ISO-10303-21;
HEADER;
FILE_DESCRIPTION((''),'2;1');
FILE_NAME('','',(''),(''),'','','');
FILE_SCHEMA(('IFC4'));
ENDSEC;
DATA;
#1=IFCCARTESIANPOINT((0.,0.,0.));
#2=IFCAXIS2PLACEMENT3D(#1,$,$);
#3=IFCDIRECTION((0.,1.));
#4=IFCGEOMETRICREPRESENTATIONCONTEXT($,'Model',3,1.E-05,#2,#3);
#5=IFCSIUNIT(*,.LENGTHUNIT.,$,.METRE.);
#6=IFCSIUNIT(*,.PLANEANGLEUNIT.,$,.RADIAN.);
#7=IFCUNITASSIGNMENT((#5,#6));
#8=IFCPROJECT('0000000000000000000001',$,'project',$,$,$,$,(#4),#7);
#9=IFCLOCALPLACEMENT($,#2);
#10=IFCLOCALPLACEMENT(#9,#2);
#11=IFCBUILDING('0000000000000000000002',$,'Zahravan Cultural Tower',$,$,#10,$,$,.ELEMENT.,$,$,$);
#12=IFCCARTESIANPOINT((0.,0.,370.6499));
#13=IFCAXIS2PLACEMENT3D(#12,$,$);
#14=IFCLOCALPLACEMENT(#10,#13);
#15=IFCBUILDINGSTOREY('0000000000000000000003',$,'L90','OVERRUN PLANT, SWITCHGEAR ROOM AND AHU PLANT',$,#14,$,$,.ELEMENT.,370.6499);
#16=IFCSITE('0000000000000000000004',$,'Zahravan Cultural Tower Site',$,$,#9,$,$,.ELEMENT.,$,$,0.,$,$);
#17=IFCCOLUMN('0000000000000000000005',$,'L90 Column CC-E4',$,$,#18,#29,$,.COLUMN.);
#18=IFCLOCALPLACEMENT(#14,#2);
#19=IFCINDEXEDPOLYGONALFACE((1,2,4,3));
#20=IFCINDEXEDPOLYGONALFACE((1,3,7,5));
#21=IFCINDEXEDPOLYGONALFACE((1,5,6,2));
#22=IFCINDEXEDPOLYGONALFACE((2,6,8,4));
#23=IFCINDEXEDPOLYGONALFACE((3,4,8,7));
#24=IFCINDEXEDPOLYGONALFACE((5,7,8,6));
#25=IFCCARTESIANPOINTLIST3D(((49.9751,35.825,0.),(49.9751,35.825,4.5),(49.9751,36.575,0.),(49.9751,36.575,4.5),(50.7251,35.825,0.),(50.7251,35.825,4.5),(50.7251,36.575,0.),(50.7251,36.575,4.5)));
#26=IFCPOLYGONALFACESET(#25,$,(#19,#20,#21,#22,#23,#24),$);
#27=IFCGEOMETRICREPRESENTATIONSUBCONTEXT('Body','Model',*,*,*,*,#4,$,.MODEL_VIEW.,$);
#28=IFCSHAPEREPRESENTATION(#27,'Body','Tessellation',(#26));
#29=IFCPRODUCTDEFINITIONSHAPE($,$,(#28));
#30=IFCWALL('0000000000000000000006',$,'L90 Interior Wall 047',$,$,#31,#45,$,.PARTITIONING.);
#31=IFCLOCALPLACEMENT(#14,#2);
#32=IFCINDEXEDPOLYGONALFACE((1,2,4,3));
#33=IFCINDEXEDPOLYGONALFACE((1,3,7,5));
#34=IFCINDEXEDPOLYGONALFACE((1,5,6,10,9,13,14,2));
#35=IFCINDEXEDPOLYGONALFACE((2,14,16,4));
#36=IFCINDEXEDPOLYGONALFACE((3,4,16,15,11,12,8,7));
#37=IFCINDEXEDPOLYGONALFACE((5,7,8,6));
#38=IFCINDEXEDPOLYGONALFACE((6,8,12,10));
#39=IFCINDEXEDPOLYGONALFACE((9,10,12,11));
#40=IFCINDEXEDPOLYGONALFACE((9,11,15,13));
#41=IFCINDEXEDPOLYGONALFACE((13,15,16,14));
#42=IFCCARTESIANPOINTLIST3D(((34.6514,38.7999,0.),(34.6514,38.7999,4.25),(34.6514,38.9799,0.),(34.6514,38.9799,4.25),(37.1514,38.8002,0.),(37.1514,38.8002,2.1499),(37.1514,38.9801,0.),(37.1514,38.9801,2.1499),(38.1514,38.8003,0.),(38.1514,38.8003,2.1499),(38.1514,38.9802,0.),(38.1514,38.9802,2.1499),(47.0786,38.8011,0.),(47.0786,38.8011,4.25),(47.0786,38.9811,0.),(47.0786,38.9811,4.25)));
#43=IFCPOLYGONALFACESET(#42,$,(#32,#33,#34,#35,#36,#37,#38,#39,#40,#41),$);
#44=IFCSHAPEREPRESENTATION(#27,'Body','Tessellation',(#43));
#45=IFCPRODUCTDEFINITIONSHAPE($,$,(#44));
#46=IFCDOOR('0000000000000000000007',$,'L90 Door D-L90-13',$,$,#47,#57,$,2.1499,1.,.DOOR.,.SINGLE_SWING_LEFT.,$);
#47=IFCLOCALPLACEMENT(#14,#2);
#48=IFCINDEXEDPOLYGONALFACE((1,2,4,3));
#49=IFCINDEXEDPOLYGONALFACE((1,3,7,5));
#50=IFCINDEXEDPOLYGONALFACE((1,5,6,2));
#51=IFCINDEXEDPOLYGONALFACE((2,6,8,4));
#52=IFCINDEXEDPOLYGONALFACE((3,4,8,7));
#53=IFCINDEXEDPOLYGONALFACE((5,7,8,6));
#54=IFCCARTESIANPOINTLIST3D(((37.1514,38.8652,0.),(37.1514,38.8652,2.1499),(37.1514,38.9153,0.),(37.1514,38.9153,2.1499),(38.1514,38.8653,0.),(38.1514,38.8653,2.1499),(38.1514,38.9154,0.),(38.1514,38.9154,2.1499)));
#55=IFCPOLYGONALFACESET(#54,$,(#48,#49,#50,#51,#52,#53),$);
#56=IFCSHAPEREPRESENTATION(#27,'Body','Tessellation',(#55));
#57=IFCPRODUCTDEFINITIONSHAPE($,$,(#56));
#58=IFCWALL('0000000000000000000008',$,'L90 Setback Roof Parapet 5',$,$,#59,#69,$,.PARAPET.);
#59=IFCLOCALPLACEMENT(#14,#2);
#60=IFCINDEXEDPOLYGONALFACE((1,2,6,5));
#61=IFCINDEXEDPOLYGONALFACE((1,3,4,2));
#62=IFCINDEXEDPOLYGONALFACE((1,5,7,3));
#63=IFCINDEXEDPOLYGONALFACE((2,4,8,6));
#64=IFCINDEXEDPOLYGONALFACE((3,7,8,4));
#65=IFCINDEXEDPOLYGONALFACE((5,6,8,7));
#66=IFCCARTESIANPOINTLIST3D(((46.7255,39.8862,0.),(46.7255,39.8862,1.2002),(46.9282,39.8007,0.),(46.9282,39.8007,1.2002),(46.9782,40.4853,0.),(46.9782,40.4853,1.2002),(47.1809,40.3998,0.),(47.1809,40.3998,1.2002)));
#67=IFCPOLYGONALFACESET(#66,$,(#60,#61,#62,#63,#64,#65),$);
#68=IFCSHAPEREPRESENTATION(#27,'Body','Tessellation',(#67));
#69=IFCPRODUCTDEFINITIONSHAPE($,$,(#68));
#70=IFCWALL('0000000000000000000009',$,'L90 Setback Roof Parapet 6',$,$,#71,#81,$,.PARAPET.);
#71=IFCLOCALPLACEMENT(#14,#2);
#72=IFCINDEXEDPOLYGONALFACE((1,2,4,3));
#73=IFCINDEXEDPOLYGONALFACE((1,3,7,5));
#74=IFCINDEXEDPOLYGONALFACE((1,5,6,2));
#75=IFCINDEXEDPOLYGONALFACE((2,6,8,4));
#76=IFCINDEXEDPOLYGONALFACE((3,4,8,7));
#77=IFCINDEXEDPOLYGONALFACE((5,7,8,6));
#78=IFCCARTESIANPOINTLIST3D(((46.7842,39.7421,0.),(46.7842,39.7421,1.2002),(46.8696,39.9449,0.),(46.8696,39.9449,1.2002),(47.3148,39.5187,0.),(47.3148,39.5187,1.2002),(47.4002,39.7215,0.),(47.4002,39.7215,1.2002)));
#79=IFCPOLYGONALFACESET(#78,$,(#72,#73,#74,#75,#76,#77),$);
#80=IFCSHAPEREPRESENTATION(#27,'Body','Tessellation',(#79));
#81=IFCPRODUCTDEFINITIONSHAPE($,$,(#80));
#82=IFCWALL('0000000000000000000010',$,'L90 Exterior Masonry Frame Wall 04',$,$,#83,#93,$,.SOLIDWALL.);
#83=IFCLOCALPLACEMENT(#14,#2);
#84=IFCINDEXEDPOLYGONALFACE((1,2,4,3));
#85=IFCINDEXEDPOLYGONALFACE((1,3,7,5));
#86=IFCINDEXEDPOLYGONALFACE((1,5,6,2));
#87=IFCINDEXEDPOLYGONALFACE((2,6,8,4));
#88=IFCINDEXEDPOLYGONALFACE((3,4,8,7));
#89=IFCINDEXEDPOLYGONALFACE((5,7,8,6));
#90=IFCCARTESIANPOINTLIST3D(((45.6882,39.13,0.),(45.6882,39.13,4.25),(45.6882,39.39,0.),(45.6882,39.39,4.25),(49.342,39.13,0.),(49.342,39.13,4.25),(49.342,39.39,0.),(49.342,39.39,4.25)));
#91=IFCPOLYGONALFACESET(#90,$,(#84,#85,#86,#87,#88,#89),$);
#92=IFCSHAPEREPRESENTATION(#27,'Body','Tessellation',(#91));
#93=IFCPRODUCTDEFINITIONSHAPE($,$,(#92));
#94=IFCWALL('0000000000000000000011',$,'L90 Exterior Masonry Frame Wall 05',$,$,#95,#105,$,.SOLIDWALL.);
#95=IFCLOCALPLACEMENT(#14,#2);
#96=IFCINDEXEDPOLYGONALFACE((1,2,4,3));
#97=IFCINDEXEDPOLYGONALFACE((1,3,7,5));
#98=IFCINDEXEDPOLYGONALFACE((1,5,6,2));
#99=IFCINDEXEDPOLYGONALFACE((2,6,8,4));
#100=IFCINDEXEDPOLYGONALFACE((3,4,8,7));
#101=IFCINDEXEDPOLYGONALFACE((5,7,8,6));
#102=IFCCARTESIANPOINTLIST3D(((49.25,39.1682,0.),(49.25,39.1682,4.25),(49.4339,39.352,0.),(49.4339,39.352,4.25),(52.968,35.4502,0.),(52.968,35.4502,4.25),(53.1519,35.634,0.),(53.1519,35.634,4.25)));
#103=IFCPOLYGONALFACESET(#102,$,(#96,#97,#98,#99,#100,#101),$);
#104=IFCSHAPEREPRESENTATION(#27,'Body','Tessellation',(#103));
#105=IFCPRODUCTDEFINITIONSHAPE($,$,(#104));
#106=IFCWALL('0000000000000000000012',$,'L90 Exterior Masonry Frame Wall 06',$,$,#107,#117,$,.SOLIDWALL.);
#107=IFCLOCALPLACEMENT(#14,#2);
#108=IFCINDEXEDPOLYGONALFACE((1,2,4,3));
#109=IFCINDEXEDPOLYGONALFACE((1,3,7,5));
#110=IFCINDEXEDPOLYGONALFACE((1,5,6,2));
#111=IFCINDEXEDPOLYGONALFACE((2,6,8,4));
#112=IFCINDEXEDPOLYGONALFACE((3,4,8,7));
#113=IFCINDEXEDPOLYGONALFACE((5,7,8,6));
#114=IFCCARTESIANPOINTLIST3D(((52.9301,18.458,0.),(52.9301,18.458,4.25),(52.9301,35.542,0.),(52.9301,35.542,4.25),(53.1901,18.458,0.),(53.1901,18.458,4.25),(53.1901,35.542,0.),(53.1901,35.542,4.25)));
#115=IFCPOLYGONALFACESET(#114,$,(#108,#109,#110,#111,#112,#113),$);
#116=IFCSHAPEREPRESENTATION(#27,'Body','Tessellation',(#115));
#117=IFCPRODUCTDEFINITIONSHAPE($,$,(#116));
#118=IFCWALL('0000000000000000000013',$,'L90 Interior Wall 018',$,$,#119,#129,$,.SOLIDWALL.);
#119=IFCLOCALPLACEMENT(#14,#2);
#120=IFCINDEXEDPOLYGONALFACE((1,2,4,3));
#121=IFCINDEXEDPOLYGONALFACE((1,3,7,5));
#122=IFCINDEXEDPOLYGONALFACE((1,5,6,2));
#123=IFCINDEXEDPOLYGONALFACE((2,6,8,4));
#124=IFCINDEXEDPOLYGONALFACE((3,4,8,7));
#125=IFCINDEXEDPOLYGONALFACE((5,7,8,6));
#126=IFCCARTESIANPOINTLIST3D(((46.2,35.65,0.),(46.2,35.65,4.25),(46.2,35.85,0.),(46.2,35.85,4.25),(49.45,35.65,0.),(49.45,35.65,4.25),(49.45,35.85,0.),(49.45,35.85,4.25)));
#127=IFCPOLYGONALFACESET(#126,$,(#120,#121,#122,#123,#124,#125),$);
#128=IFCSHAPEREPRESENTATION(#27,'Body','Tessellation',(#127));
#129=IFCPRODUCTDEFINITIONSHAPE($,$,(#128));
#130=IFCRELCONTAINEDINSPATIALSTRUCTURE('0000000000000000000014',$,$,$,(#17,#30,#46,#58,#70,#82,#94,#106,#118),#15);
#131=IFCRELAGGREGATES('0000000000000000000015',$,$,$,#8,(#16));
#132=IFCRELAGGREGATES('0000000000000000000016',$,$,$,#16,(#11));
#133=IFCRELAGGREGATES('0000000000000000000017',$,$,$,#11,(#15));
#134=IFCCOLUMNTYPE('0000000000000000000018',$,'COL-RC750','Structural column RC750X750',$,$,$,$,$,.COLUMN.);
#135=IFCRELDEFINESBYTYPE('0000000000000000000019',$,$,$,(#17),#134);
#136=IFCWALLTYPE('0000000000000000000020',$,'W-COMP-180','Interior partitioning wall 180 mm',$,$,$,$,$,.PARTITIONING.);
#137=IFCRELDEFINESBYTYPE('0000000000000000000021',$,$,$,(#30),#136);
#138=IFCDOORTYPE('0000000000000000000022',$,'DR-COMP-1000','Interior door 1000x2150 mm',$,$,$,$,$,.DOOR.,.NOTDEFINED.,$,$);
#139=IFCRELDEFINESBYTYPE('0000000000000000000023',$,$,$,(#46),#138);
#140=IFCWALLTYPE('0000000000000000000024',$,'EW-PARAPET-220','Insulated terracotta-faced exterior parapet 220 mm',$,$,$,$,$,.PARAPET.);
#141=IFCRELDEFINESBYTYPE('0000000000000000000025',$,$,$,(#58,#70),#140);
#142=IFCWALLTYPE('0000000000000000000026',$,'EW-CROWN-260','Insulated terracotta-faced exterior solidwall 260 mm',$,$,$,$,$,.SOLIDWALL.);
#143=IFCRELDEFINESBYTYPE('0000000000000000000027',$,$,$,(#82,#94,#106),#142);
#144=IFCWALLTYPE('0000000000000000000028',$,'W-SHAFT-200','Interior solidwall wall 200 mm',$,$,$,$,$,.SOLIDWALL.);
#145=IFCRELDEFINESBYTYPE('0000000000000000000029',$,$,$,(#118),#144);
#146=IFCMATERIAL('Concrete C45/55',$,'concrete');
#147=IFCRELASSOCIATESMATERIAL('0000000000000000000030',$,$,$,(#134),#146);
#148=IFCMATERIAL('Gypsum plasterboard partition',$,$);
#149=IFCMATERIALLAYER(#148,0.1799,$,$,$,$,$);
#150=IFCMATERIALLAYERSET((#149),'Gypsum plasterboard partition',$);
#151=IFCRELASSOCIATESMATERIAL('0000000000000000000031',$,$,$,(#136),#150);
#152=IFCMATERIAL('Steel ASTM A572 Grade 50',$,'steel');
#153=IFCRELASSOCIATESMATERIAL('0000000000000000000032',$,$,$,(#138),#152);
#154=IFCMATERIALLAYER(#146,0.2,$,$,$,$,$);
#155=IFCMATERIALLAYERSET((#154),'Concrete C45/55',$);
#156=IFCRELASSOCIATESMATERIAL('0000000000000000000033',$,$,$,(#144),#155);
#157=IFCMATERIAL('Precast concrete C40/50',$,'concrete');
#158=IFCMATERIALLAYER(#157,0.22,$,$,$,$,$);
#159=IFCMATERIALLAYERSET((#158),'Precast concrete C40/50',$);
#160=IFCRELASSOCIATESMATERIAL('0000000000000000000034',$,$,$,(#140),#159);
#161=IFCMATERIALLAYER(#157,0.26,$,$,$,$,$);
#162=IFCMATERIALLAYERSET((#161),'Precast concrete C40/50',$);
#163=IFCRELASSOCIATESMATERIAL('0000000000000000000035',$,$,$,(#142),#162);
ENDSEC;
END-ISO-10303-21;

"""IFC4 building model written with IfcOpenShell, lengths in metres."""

from ifc_helpers import new_model, si_unit, direction, frame, frame_2d, origin, origin_2d, place, context, subcontext, project, spatial, rectangle, extrude, source, transform, mapped, material, layer, layer_set, material_profile, profile_set, type_object, element, fill, save


model = new_model("IFC4")

# Units and contexts
model_context = context("Model", 3, precision=1e-05, world=origin(), true_north=direction((0.0, 1.0)))
body_context = subcontext(model_context, "Body", "Model", "MODEL_VIEW")
ifc_project = project(units=[si_unit("LENGTHUNIT", "METRE"), si_unit("PLANEANGLEUNIT", "RADIAN")], contexts=[model_context])

# Site, building, storey
site_placement = place(None, origin())
site = spatial("IfcSite", under=ifc_project, at=site_placement, Name="Zahravan Cultural Tower Site", CompositionType="ELEMENT", RefElevation=0.0)
building_placement = place(site_placement, origin())
building = spatial("IfcBuilding", under=site, at=building_placement, Name="Zahravan Cultural Tower", CompositionType="ELEMENT")
storey_placement = place(building_placement, frame((0.0, 0.0, 370.6499)))
storey = spatial("IfcBuildingStorey", under=building, at=storey_placement, Name="L90", Description="OVERRUN PLANT, SWITCHGEAR ROOM AND AHU PLANT", CompositionType="ELEMENT", Elevation=370.6499)

# Column
ifc_material_1 = material(Name="Concrete C45/55", Category="concrete")
ifc_material_profile = material_profile(ifc_material_1, rectangle(XDim=0.75, YDim=0.75, at=origin_2d()), Name="RC750X750")
ifc_profile_set = profile_set([ifc_material_profile], Name="Concrete C45/55")
column_type = type_object("IfcColumnType", Name="COL-RC750", Description="Structural column RC750X750", PredefinedType="COLUMN", material=ifc_profile_set)
shared_shape_1 = source(origin(), body_context, "Body", "SweptSolid", [
    extrude(rectangle(XDim=0.75, YDim=0.75, at=origin_2d()), origin(), (0.0, 0.0, 1.0), 4.5),
])
column_placement = place(storey_placement, frame((50.3501, 36.2, 0.0), z_axis=(0.0, 0.0, 1.0), x_axis=(1.0, 0.0, 0.0)))
element("IfcColumn", 1, at=column_placement, inside=storey, type_object=column_type, Name="L90 Column CC-E4", PredefinedType="COLUMN", context=body_context, shape_type="MappedRepresentation", body=[
    mapped(shared_shape_1, transform((0.0, 0.0, 0.0), x_axis=(1.0, 0.0, 0.0), y_axis=(0.0, 1.0, 0.0), z_axis=(0.0, 0.0, 1.0), scale=1.0)),
])

# Wall, opening, door
ifc_material_2 = material(Name="Gypsum plasterboard partition")
ifc_layer_1 = layer(ifc_material_2, 0.1799)
ifc_layer_set_1 = layer_set([ifc_layer_1], Name="Gypsum plasterboard partition")
wall_type_1 = type_object("IfcWallType", Name="W-COMP-180", Description="Interior partitioning wall 180 mm", PredefinedType="PARTITIONING", material=ifc_layer_set_1)
wall_1_placement = place(storey_placement, frame((47.0786, 38.8911, 0.0), z_axis=(0.0, 0.0, 1.0), x_axis=(-1.0, -0.000098, 0.0)))
wall_1 = element("IfcWall", 2, at=wall_1_placement, inside=storey, type_object=wall_type_1, Name="L90 Interior Wall 047", PredefinedType="PARTITIONING", context=body_context, shape_type="SweptSolid", body=[
    extrude(rectangle(XDim=12.4272, YDim=0.1799, at=frame_2d((6.2136, 0.0))), origin(), (0.0, 0.0, 1.0), 4.25),
])
opening_1_placement = place(wall_1_placement, frame((8.9272, 0.0, 0.0)))
opening_1 = element("IfcOpeningElement", 3, at=opening_1_placement, cuts=wall_1, PredefinedType="OPENING", context=body_context, shape_type="SweptSolid", body=[
    extrude(rectangle(XDim=1.0, YDim=2.1499, at=frame_2d((0.5, 1.075))), frame((0.0, 0.0999, 0.0), z_axis=(0.0, -1.0, 0.0), x_axis=(1.0, 0.0, 0.0)), (0.0, 0.0, 1.0), 0.2),
])
ifc_material_3 = material(Name="Steel ASTM A572 Grade 50", Category="steel")
door_type_1 = type_object("IfcDoorType", Name="DR-COMP-1000", Description="Interior door 1000x2150 mm", OperationType="NOTDEFINED", PredefinedType="DOOR", material=ifc_material_3)
shared_shape_2 = source(origin(), body_context, "Body", "SweptSolid", [
    extrude(rectangle(XDim=1.0, YDim=2.1499, at=frame_2d((0.5, 1.075))), frame((0.0, 0.0249, 0.0), z_axis=(0.0, -1.0, 0.0), x_axis=(1.0, 0.0, 0.0)), (0.0, 0.0, 1.0), 0.05),
])
door_1_placement = place(opening_1_placement, origin())
door_1 = element("IfcDoor", 4, at=door_1_placement, inside=storey, type_object=door_type_1, Name="L90 Door D-L90-13", OperationType="SINGLE_SWING_LEFT", OverallHeight=2.1499, OverallWidth=1.0, PredefinedType="DOOR", context=body_context, shape_type="MappedRepresentation", body=[
    mapped(shared_shape_2, transform((0.0, 0.0, 0.0), x_axis=(1.0, 0.0, 0.0), y_axis=(0.0, 1.0, 0.0), z_axis=(0.0, 0.0, 1.0), scale=1.0)),
])
fill(opening_1, door_1)
ifc_layer_2 = layer(ifc_material_1, 0.2)
ifc_layer_set_2 = layer_set([ifc_layer_2], Name="Concrete C45/55")
wall_type_2 = type_object("IfcWallType", Name="W-SHAFT-200", Description="Interior solidwall wall 200 mm", PredefinedType="SOLIDWALL", material=ifc_layer_set_2)

# Walls
ifc_material_4 = material(Name="Precast concrete C40/50", Category="concrete")
ifc_layer_3 = layer(ifc_material_4, 0.22)
ifc_layer_set_3 = layer_set([ifc_layer_3], Name="Precast concrete C40/50")
wall_type_3 = type_object("IfcWallType", Name="EW-PARAPET-220", Description="Insulated terracotta-faced exterior parapet 220 mm", PredefinedType="PARAPET", material=ifc_layer_set_3)
shared_shape_3 = source(origin(), body_context, "Body", "SweptSolid", [
    extrude(rectangle(XDim=0.6501, YDim=0.22, at=frame_2d((0.3252, 0.0))), origin(), (0.0, 0.0, 1.0), 1.2002),
])
wall_2_placement = place(storey_placement, frame((47.0796, 40.4426, 0.0), z_axis=(0.0, 0.0, 1.0), x_axis=(-0.388611, -0.921402, 0.0)))
element("IfcWall", 5, at=wall_2_placement, inside=storey, type_object=wall_type_3, Name="L90 Setback Roof Parapet 5", PredefinedType="PARAPET", context=body_context, shape_type="MappedRepresentation", body=[
    mapped(shared_shape_3, transform((0.0, 0.0, 0.0), x_axis=(1.0, 0.0, 0.0), y_axis=(0.0, 1.0, 0.0), z_axis=(0.0, 0.0, 1.0), scale=1.0)),
])
shared_shape_4 = source(origin(), body_context, "Body", "SweptSolid", [
    extrude(rectangle(XDim=0.5757, YDim=0.22, at=frame_2d((0.2878, 0.0))), origin(), (0.0, 0.0, 1.0), 1.2002),
])
wall_3_placement = place(storey_placement, frame((46.8269, 39.8435, 0.0), z_axis=(0.0, 0.0, 1.0), x_axis=(0.921627, -0.388076, 0.0)))
element("IfcWall", 6, at=wall_3_placement, inside=storey, type_object=wall_type_3, Name="L90 Setback Roof Parapet 6", PredefinedType="PARAPET", context=body_context, shape_type="MappedRepresentation", body=[
    mapped(shared_shape_4, transform((0.0, 0.0, 0.0), x_axis=(1.0, 0.0, 0.0), y_axis=(0.0, 1.0, 0.0), z_axis=(0.0, 0.0, 1.0), scale=1.0)),
])
ifc_layer_4 = layer(ifc_material_4, 0.26)
ifc_layer_set_4 = layer_set([ifc_layer_4], Name="Precast concrete C40/50")
wall_type_4 = type_object("IfcWallType", Name="EW-CROWN-260", Description="Insulated terracotta-faced exterior solidwall 260 mm", PredefinedType="SOLIDWALL", material=ifc_layer_set_4)
shared_shape_5 = source(origin(), body_context, "Body", "SweptSolid", [
    extrude(rectangle(XDim=3.6538, YDim=0.26, at=frame_2d((1.8269, 0.0))), origin(), (0.0, 0.0, 1.0), 4.25),
])
wall_4_placement = place(storey_placement, frame((45.6882, 39.26, 0.0), z_axis=(0.0, 0.0, 1.0), x_axis=(1.0, 0.0, 0.0)))
element("IfcWall", 7, at=wall_4_placement, inside=storey, type_object=wall_type_4, Name="L90 Exterior Masonry Frame Wall 04", PredefinedType="SOLIDWALL", context=body_context, shape_type="MappedRepresentation", body=[
    mapped(shared_shape_5, transform((0.0, 0.0, 0.0), x_axis=(1.0, 0.0, 0.0), y_axis=(0.0, 1.0, 0.0), z_axis=(0.0, 0.0, 1.0), scale=1.0)),
])
shared_shape_6 = source(origin(), body_context, "Body", "SweptSolid", [
    extrude(rectangle(XDim=5.2581, YDim=0.26, at=frame_2d((2.6289, 0.0))), origin(), (0.0, 0.0, 1.0), 4.25),
])
wall_5_placement = place(storey_placement, frame((49.342, 39.26, 0.0), z_axis=(0.0, 0.0, 1.0), x_axis=(0.707107, -0.707107, 0.0)))
element("IfcWall", 8, at=wall_5_placement, inside=storey, type_object=wall_type_4, Name="L90 Exterior Masonry Frame Wall 05", PredefinedType="SOLIDWALL", context=body_context, shape_type="MappedRepresentation", body=[
    mapped(shared_shape_6, transform((0.0, 0.0, 0.0), x_axis=(1.0, 0.0, 0.0), y_axis=(0.0, 1.0, 0.0), z_axis=(0.0, 0.0, 1.0), scale=1.0)),
])
shared_shape_7 = source(origin(), body_context, "Body", "SweptSolid", [
    extrude(rectangle(XDim=17.084, YDim=0.26, at=frame_2d((8.542, 0.0))), origin(), (0.0, 0.0, 1.0), 4.25),
])
wall_6_placement = place(storey_placement, frame((53.0601, 35.542, 0.0), z_axis=(0.0, 0.0, 1.0), x_axis=(0.0, -1.0, 0.0)))
element("IfcWall", 9, at=wall_6_placement, inside=storey, type_object=wall_type_4, Name="L90 Exterior Masonry Frame Wall 06", PredefinedType="SOLIDWALL", context=body_context, shape_type="MappedRepresentation", body=[
    mapped(shared_shape_7, transform((0.0, 0.0, 0.0), x_axis=(1.0, 0.0, 0.0), y_axis=(0.0, 1.0, 0.0), z_axis=(0.0, 0.0, 1.0), scale=1.0)),
])
shared_shape_8 = source(origin(), body_context, "Body", "SweptSolid", [
    extrude(rectangle(XDim=3.25, YDim=0.2, at=frame_2d((1.625, 0.0))), origin(), (0.0, 0.0, 1.0), 4.25),
])
wall_7_placement = place(storey_placement, frame((46.2, 35.75, 0.0), z_axis=(0.0, 0.0, 1.0), x_axis=(1.0, 0.0, 0.0)))
element("IfcWall", 10, at=wall_7_placement, inside=storey, type_object=wall_type_2, Name="L90 Interior Wall 018", PredefinedType="SOLIDWALL", context=body_context, shape_type="MappedRepresentation", body=[
    mapped(shared_shape_8, transform((0.0, 0.0, 0.0), x_axis=(1.0, 0.0, 0.0), y_axis=(0.0, 1.0, 0.0), z_axis=(0.0, 0.0, 1.0), scale=1.0)),
])

save(model, "model.ifc")
